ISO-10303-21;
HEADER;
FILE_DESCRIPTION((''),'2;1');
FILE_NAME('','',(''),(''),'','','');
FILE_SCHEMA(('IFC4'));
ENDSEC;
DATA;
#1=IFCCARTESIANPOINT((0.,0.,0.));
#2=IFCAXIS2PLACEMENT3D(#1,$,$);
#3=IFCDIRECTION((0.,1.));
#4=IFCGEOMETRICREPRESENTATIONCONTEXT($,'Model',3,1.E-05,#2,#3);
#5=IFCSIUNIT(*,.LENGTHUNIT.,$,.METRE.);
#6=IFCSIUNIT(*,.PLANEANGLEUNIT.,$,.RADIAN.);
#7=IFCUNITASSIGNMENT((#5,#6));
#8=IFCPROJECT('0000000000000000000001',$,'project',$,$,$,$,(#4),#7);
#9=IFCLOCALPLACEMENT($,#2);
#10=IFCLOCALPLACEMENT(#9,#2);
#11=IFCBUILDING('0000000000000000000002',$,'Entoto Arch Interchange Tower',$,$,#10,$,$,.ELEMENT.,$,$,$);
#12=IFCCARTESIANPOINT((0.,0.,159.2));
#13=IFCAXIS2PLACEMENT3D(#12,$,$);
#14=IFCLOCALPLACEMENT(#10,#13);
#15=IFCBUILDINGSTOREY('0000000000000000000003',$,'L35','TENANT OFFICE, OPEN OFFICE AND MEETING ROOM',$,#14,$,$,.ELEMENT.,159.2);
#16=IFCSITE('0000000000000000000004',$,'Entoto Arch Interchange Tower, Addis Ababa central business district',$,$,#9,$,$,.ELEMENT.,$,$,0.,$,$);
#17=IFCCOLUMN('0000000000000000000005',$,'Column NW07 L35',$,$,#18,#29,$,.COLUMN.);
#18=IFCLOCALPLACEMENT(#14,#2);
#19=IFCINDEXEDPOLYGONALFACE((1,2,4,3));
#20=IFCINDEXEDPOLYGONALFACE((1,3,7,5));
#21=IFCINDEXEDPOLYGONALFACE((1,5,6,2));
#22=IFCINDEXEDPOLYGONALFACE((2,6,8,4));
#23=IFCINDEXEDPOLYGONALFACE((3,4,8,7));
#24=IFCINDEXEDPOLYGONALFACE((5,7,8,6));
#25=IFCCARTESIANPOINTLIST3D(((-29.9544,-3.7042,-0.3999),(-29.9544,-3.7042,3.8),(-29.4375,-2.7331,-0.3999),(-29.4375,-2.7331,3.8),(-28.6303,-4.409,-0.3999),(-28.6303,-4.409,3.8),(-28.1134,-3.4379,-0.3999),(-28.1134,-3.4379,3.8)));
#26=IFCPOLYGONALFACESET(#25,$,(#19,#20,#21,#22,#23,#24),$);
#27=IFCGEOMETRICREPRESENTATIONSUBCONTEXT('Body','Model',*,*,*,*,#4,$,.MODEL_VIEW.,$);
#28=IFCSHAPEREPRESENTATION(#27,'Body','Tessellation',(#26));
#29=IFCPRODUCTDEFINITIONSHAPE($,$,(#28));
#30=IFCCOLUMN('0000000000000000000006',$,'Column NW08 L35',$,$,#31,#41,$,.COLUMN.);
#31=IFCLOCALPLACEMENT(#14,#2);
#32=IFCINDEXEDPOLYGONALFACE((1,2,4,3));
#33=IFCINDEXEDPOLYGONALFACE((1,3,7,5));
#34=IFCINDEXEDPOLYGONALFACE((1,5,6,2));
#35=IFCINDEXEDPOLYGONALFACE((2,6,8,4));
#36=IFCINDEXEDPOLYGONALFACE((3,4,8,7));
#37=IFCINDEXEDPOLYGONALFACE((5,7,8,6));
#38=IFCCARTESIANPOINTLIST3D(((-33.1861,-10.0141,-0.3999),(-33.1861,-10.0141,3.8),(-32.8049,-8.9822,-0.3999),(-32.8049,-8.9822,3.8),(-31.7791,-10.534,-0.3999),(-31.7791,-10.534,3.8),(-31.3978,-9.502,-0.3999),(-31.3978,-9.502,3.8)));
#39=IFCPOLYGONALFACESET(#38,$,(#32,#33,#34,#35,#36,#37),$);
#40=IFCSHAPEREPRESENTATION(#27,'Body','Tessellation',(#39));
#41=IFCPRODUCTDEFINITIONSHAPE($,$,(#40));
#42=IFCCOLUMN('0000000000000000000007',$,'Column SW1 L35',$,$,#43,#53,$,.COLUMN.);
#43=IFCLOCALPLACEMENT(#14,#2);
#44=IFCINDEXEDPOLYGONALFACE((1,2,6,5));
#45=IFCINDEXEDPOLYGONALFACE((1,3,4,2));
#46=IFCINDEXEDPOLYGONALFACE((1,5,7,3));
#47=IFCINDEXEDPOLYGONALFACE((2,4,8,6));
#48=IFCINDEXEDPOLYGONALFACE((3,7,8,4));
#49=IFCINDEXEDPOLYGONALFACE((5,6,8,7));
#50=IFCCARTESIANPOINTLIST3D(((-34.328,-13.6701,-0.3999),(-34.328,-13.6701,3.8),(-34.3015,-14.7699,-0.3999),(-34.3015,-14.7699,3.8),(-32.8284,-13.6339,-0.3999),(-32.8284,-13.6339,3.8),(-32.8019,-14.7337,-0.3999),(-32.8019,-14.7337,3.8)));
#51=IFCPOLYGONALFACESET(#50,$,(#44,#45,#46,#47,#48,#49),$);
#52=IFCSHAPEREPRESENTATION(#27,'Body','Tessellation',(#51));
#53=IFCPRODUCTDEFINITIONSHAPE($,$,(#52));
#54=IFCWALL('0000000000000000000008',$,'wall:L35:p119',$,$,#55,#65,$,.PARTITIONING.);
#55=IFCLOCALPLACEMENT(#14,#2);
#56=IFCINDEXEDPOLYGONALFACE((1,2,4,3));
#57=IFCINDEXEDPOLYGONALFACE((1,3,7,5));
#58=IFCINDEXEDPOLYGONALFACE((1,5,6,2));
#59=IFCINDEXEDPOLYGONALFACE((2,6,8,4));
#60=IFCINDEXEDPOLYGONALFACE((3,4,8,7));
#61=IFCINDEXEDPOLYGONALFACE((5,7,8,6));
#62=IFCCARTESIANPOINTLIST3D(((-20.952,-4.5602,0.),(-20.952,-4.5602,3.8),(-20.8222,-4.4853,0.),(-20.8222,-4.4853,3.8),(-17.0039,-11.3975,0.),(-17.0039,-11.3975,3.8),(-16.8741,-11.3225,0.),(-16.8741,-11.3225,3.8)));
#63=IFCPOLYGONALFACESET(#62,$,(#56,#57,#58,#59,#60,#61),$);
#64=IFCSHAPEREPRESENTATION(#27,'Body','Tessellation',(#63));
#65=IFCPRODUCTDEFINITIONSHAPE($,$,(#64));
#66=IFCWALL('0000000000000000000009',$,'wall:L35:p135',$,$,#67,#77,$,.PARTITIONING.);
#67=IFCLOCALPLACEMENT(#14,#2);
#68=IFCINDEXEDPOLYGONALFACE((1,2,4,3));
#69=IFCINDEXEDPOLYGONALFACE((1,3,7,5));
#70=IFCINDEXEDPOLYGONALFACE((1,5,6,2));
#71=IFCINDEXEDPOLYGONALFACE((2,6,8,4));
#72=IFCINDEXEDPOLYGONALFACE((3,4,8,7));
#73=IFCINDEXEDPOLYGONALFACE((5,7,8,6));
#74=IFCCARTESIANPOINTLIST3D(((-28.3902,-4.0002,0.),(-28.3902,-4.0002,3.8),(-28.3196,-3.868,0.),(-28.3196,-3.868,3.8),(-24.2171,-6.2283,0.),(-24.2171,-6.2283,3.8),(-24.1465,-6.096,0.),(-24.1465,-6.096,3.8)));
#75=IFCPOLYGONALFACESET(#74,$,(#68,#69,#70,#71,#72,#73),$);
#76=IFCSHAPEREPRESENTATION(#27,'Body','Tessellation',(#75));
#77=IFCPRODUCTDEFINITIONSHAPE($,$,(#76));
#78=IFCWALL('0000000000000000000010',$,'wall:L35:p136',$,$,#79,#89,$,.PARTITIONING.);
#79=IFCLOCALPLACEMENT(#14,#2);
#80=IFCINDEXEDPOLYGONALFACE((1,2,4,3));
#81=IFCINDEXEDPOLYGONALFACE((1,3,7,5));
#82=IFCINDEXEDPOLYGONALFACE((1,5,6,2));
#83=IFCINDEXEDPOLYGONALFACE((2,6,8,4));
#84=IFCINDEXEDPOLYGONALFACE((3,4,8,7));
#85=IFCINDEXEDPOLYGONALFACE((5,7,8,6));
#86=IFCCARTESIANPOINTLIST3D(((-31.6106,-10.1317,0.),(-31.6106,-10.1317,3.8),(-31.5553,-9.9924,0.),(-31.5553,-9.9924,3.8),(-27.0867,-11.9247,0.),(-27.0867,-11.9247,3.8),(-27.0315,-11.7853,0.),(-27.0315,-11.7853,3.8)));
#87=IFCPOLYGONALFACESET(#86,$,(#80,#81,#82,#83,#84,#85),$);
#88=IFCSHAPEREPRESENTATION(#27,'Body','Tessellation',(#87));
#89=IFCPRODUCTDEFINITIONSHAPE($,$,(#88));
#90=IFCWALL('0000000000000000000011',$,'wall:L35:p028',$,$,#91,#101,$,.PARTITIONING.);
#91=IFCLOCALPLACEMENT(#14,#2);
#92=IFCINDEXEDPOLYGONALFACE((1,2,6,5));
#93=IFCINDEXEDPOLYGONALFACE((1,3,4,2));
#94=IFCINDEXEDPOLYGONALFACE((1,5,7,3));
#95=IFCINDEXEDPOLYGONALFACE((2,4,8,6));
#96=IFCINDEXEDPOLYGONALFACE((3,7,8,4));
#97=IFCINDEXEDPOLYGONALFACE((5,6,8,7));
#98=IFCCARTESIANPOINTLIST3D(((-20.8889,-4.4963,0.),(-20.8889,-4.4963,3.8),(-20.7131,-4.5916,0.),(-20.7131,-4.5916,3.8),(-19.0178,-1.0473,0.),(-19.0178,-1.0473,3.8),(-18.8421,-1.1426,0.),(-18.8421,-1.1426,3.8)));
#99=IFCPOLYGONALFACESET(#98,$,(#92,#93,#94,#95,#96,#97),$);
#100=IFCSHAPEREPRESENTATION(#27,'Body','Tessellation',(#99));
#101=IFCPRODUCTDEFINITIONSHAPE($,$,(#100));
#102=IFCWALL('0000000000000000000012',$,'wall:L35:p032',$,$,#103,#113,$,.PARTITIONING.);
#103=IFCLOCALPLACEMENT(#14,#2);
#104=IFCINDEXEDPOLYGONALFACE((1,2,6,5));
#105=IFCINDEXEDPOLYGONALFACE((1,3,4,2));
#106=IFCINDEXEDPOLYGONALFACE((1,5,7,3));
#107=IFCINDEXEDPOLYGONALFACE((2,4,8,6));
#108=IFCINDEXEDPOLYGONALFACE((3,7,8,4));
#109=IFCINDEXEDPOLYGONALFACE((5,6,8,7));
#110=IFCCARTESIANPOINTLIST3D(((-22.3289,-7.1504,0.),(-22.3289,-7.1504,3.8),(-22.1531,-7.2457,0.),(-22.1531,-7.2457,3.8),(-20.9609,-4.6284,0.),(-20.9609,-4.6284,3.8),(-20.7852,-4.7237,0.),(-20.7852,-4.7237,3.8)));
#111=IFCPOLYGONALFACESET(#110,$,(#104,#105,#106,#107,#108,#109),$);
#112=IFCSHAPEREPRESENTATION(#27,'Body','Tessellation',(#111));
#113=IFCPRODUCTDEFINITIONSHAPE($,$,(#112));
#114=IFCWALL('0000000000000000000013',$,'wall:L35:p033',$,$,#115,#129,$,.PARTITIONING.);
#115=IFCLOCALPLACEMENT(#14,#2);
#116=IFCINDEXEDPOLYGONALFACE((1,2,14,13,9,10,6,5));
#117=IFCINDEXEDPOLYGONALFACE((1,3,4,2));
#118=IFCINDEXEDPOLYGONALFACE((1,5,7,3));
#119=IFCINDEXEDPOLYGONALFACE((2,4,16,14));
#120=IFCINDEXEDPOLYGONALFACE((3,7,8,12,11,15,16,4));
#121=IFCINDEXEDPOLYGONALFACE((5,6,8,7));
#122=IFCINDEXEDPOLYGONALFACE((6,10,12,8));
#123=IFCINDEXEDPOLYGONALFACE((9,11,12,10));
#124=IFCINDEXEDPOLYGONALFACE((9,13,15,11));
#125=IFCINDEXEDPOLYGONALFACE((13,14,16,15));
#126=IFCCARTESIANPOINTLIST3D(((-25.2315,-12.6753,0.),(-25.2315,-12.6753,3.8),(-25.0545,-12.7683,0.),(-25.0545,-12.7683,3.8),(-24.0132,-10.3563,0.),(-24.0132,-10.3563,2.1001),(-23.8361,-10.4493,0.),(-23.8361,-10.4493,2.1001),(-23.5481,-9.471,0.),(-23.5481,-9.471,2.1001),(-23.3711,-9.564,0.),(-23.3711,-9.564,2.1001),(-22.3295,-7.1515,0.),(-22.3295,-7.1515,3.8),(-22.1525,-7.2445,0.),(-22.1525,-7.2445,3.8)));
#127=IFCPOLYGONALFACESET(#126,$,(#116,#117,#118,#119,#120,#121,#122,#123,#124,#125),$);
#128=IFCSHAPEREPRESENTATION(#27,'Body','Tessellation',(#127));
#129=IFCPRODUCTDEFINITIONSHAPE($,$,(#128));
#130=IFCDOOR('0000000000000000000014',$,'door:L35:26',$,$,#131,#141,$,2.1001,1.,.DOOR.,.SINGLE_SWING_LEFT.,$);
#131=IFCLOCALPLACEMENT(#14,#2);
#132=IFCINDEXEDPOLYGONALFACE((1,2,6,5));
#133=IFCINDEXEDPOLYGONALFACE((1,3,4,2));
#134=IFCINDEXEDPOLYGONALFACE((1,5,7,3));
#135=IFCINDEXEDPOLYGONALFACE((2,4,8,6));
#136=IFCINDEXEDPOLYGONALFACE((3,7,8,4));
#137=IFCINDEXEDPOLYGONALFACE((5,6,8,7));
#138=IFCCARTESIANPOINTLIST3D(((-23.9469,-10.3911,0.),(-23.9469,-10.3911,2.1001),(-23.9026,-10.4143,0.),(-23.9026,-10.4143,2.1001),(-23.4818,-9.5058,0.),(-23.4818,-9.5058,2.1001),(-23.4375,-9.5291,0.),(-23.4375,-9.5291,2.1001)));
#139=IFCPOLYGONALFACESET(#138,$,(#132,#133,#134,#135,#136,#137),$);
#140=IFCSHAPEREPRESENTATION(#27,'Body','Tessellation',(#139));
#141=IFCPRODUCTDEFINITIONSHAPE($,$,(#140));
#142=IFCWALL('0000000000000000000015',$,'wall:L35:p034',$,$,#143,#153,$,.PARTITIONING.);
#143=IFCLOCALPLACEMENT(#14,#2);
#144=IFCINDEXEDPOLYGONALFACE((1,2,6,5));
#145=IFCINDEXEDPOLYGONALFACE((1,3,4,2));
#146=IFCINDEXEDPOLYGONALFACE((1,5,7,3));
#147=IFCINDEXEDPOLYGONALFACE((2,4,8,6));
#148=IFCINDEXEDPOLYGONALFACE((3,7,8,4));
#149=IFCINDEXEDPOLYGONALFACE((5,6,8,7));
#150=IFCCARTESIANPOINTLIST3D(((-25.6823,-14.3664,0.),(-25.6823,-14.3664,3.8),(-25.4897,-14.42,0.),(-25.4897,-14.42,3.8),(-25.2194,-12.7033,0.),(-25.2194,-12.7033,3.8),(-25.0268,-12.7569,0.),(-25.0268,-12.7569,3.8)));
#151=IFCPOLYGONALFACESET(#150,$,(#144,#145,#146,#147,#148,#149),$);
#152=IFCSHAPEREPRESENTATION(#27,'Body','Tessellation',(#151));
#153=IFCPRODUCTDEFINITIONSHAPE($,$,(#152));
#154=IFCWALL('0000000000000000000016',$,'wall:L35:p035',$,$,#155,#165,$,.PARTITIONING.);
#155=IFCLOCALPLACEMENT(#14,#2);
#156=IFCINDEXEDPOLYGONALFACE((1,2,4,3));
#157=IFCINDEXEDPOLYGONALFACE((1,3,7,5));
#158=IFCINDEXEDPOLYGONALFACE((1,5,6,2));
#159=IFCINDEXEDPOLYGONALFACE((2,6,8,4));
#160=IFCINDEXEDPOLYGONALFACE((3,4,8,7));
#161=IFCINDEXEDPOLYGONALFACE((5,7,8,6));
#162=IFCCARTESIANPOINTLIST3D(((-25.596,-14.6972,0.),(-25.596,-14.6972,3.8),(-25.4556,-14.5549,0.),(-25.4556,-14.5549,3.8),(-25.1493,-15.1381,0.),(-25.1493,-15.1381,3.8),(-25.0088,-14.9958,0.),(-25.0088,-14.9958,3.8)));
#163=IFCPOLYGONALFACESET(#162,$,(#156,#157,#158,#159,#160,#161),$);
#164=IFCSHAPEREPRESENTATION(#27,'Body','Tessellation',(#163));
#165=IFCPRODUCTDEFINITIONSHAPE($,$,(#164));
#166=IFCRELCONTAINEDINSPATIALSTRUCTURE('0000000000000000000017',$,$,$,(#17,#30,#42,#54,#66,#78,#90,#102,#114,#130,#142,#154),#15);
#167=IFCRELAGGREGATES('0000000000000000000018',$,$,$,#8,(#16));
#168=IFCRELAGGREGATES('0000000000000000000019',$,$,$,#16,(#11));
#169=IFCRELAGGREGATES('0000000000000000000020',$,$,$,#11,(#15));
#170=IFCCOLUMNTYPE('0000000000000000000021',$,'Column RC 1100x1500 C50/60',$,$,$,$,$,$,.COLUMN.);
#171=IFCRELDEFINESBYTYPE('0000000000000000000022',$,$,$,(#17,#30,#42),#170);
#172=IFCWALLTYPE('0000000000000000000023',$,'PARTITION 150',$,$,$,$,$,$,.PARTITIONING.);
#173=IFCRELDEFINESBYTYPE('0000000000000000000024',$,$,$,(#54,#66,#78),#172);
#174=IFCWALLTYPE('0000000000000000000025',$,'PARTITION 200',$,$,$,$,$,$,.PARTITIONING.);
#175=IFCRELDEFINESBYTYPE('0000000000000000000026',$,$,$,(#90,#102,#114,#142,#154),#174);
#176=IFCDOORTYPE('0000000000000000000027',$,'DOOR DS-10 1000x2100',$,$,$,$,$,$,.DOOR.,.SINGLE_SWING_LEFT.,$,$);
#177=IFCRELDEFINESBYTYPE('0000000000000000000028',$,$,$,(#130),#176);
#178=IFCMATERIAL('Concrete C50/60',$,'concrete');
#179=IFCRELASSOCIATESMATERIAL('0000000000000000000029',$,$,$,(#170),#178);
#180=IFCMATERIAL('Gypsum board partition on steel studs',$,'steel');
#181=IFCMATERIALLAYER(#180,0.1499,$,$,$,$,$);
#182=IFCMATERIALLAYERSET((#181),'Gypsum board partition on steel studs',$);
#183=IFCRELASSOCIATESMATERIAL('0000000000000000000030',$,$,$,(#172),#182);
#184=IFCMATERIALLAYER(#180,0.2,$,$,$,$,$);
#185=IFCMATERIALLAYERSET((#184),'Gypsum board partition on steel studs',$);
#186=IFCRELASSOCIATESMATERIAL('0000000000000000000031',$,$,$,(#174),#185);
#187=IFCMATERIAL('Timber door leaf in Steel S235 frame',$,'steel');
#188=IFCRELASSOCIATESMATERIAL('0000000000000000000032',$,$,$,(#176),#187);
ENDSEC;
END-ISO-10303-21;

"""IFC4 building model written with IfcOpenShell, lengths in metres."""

from ifc_helpers import new_model, si_unit, direction, frame, frame_2d, origin, origin_2d, place, context, subcontext, project, spatial, rectangle, extrude, material, layer, layer_set, material_profile, profile_set, type_object, element, fill, save


model = new_model("IFC4")

# Units and contexts
model_context = context("Model", 3, precision=1e-05, world=origin(), true_north=direction((0.0, 1.0)))
body_context = subcontext(model_context, "Body", "Model", "MODEL_VIEW")
ifc_project = project(units=[si_unit("LENGTHUNIT", "METRE"), si_unit("PLANEANGLEUNIT", "RADIAN")], contexts=[model_context])

# Site, building, storey
site_placement = place(None, origin())
site = spatial("IfcSite", under=ifc_project, at=site_placement, Name="Entoto Arch Interchange Tower, Addis Ababa central business district", CompositionType="ELEMENT", RefElevation=0.0)
building_placement = place(site_placement, origin())
building = spatial("IfcBuilding", under=site, at=building_placement, Name="Entoto Arch Interchange Tower", CompositionType="ELEMENT")
storey_placement = place(building_placement, frame((0.0, 0.0, 159.2)))
storey = spatial("IfcBuildingStorey", under=building, at=storey_placement, Name="L35", Description="TENANT OFFICE, OPEN OFFICE AND MEETING ROOM", CompositionType="ELEMENT", Elevation=159.2)

# Columns
ifc_material_1 = material(Name="Concrete C50/60", Category="concrete")
ifc_material_profile = material_profile(ifc_material_1, rectangle(XDim=1.1001, YDim=1.5, at=origin_2d()))
ifc_profile_set = profile_set([ifc_material_profile], Name="Concrete C50/60")
column_type = type_object("IfcColumnType", Name="Column RC 1100x1500 C50/60", PredefinedType="COLUMN", material=ifc_profile_set)
for number, where, z_axis, x_axis, name in (
    (1, (-29.0339, -3.571, -0.3999), (0.0, 0.0, 1.0), (0.469857, 0.882743, 0.0), "Column NW07 L35"),
    (2, (-32.292, -9.7581, -0.3999), (0.0, 0.0, 1.0), (0.346592, 0.938016, 0.0), "Column NW08 L35"),
    (3, (-33.5649, -14.2019, -0.3999), (0.0, 0.0, 1.0), (-0.024118, 0.999709, 0.0), "Column SW1 L35"),
):
    element("IfcColumn", number, at=place(storey_placement, frame(where, z_axis=z_axis, x_axis=x_axis)), inside=storey, type_object=column_type, Name=name, PredefinedType="COLUMN", context=body_context, shape_type="SweptSolid", body=[
        extrude(rectangle(XDim=1.1001, YDim=1.5, at=origin_2d()), origin(), (0.0, 0.0, 1.0), 4.2),
    ])

# Walls
ifc_material_2 = material(Name="Gypsum board partition on steel studs", Category="steel")
ifc_layer_1 = layer(ifc_material_2, 0.1499)
ifc_layer_set_1 = layer_set([ifc_layer_1], Name="Gypsum board partition on steel studs")
wall_type_1 = type_object("IfcWallType", Name="PARTITION 150", PredefinedType="PARTITIONING", material=ifc_layer_set_1)
wall_1_placement = place(storey_placement, frame((-16.939, -11.3601, 0.0), z_axis=(0.0, 0.0, 1.0), x_axis=(-0.500053, 0.865995, 0.0)))
element("IfcWall", 4, at=wall_1_placement, inside=storey, type_object=wall_type_1, Name="wall:L35:p119", PredefinedType="PARTITIONING", context=body_context, shape_type="SweptSolid", body=[
    extrude(rectangle(XDim=7.8953, YDim=0.1499, at=frame_2d((3.9478, 0.0))), origin(), (0.0, 0.0, 1.0), 3.8),
])
wall_2_placement = place(storey_placement, frame((-24.1819, -6.1621, 0.0), z_axis=(0.0, 0.0, 1.0), x_axis=(-0.882144, 0.470979, 0.0)))
element("IfcWall", 5, at=wall_2_placement, inside=storey, type_object=wall_type_1, Name="wall:L35:p135", PredefinedType="PARTITIONING", context=body_context, shape_type="SweptSolid", body=[
    extrude(rectangle(XDim=4.7307, YDim=0.1499, at=frame_2d((2.3652, 0.0))), origin(), (0.0, 0.0, 1.0), 3.8),
])
wall_3_placement = place(storey_placement, frame((-27.0591, -11.855, 0.0), z_axis=(0.0, 0.0, 1.0), x_axis=(-0.929648, 0.368448, 0.0)))
element("IfcWall", 6, at=wall_3_placement, inside=storey, type_object=wall_type_1, Name="wall:L35:p136", PredefinedType="PARTITIONING", context=body_context, shape_type="SweptSolid", body=[
    extrude(rectangle(XDim=4.8662, YDim=0.1499, at=frame_2d((2.4331, 0.0))), origin(), (0.0, 0.0, 1.0), 3.8),
])
ifc_layer_2 = layer(ifc_material_2, 0.2)
ifc_layer_set_2 = layer_set([ifc_layer_2], Name="Gypsum board partition on steel studs")
wall_type_2 = type_object("IfcWallType", Name="PARTITION 200", PredefinedType="PARTITIONING", material=ifc_layer_set_2)
wall_4_placement = place(storey_placement, frame((-18.9299, -1.095, 0.0), z_axis=(0.0, 0.0, 1.0), x_axis=(-0.476854, -0.878982, 0.0)))
element("IfcWall", 7, at=wall_4_placement, inside=storey, type_object=wall_type_2, Name="wall:L35:p028", PredefinedType="PARTITIONING", context=body_context, shape_type="SweptSolid", body=[
    extrude(rectangle(XDim=3.9238, YDim=0.2, at=frame_2d((1.9619, 0.0))), origin(), (0.0, 0.0, 1.0), 3.8),
])
wall_5_placement = place(storey_placement, frame((-20.873, -4.676, 0.0), z_axis=(0.0, 0.0, 1.0), x_axis=(-0.476782, -0.879022, 0.0)))
element("IfcWall", 8, at=wall_5_placement, inside=storey, type_object=wall_type_2, Name="wall:L35:p032", PredefinedType="PARTITIONING", context=body_context, shape_type="SweptSolid", body=[
    extrude(rectangle(XDim=2.8691, YDim=0.2, at=frame_2d((1.4346, 0.0))), origin(), (0.0, 0.0, 1.0), 3.8),
])

# Wall, opening, door
wall_6_placement = place(storey_placement, frame((-22.241, -7.198, 0.0), z_axis=(0.0, 0.0, 1.0), x_axis=(-0.46509, -0.885263, 0.0)))
wall_6 = element("IfcWall", 9, at=wall_6_placement, inside=storey, type_object=wall_type_2, Name="wall:L35:p033", PredefinedType="PARTITIONING", context=body_context, shape_type="SweptSolid", body=[
    extrude(rectangle(XDim=6.2397, YDim=0.2, at=frame_2d((3.1199, 0.0))), origin(), (0.0, 0.0, 1.0), 3.8),
])
opening_1_placement = place(wall_6_placement, frame((2.6201, 0.0, 0.0)))
opening_1 = element("IfcOpeningElement", 10, at=opening_1_placement, cuts=wall_6, PredefinedType="OPENING", context=body_context, shape_type="SweptSolid", body=[
    extrude(rectangle(XDim=1.0, YDim=2.1001, at=frame_2d((0.5, 1.05))), frame((0.0, 0.1099, 0.0), z_axis=(0.0, -1.0, 0.0), x_axis=(1.0, 0.0, 0.0)), (0.0, 0.0, 1.0), 0.22),
])
ifc_material_3 = material(Name="Timber door leaf in Steel S235 frame", Category="steel")
door_type = type_object("IfcDoorType", Name="DOOR DS-10 1000x2100", OperationType="SINGLE_SWING_LEFT", PredefinedType="DOOR", material=ifc_material_3)
door_1_placement = place(opening_1_placement, origin())
door_1 = element("IfcDoor", 11, at=door_1_placement, inside=storey, type_object=door_type, Name="door:L35:26", OperationType="SINGLE_SWING_LEFT", OverallHeight=2.1001, OverallWidth=1.0, PredefinedType="DOOR", context=body_context, shape_type="SweptSolid", body=[
    extrude(rectangle(XDim=1.0, YDim=2.1001, at=frame_2d((0.5, 1.05))), frame((0.0, 0.0249, 0.0), z_axis=(0.0, -1.0, 0.0), x_axis=(1.0, 0.0, 0.0)), (0.0, 0.0, 1.0), 0.05),
])
fill(opening_1, door_1)

# Walls
wall_7_placement = place(storey_placement, frame((-25.123, -12.73, 0.0), z_axis=(0.0, 0.0, 1.0), x_axis=(-0.26814, -0.96338, 0.0)))
element("IfcWall", 12, at=wall_7_placement, inside=storey, type_object=wall_type_2, Name="wall:L35:p034", PredefinedType="PARTITIONING", context=body_context, shape_type="SweptSolid", body=[
    extrude(rectangle(XDim=1.7263, YDim=0.2, at=frame_2d((0.8633, 0.0))), origin(), (0.0, 0.0, 1.0), 3.8),
])
wall_8_placement = place(storey_placement, frame((-25.5259, -14.626, 0.0), z_axis=(0.0, 0.0, 1.0), x_axis=(0.711759, -0.702424, 0.0)))
element("IfcWall", 13, at=wall_8_placement, inside=storey, type_object=wall_type_2, Name="wall:L35:p035", PredefinedType="PARTITIONING", context=body_context, shape_type="SweptSolid", body=[
    extrude(rectangle(XDim=0.6277, YDim=0.2, at=frame_2d((0.314, 0.0))), origin(), (0.0, 0.0, 1.0), 3.8),
])

save(model, "model.ifc")
